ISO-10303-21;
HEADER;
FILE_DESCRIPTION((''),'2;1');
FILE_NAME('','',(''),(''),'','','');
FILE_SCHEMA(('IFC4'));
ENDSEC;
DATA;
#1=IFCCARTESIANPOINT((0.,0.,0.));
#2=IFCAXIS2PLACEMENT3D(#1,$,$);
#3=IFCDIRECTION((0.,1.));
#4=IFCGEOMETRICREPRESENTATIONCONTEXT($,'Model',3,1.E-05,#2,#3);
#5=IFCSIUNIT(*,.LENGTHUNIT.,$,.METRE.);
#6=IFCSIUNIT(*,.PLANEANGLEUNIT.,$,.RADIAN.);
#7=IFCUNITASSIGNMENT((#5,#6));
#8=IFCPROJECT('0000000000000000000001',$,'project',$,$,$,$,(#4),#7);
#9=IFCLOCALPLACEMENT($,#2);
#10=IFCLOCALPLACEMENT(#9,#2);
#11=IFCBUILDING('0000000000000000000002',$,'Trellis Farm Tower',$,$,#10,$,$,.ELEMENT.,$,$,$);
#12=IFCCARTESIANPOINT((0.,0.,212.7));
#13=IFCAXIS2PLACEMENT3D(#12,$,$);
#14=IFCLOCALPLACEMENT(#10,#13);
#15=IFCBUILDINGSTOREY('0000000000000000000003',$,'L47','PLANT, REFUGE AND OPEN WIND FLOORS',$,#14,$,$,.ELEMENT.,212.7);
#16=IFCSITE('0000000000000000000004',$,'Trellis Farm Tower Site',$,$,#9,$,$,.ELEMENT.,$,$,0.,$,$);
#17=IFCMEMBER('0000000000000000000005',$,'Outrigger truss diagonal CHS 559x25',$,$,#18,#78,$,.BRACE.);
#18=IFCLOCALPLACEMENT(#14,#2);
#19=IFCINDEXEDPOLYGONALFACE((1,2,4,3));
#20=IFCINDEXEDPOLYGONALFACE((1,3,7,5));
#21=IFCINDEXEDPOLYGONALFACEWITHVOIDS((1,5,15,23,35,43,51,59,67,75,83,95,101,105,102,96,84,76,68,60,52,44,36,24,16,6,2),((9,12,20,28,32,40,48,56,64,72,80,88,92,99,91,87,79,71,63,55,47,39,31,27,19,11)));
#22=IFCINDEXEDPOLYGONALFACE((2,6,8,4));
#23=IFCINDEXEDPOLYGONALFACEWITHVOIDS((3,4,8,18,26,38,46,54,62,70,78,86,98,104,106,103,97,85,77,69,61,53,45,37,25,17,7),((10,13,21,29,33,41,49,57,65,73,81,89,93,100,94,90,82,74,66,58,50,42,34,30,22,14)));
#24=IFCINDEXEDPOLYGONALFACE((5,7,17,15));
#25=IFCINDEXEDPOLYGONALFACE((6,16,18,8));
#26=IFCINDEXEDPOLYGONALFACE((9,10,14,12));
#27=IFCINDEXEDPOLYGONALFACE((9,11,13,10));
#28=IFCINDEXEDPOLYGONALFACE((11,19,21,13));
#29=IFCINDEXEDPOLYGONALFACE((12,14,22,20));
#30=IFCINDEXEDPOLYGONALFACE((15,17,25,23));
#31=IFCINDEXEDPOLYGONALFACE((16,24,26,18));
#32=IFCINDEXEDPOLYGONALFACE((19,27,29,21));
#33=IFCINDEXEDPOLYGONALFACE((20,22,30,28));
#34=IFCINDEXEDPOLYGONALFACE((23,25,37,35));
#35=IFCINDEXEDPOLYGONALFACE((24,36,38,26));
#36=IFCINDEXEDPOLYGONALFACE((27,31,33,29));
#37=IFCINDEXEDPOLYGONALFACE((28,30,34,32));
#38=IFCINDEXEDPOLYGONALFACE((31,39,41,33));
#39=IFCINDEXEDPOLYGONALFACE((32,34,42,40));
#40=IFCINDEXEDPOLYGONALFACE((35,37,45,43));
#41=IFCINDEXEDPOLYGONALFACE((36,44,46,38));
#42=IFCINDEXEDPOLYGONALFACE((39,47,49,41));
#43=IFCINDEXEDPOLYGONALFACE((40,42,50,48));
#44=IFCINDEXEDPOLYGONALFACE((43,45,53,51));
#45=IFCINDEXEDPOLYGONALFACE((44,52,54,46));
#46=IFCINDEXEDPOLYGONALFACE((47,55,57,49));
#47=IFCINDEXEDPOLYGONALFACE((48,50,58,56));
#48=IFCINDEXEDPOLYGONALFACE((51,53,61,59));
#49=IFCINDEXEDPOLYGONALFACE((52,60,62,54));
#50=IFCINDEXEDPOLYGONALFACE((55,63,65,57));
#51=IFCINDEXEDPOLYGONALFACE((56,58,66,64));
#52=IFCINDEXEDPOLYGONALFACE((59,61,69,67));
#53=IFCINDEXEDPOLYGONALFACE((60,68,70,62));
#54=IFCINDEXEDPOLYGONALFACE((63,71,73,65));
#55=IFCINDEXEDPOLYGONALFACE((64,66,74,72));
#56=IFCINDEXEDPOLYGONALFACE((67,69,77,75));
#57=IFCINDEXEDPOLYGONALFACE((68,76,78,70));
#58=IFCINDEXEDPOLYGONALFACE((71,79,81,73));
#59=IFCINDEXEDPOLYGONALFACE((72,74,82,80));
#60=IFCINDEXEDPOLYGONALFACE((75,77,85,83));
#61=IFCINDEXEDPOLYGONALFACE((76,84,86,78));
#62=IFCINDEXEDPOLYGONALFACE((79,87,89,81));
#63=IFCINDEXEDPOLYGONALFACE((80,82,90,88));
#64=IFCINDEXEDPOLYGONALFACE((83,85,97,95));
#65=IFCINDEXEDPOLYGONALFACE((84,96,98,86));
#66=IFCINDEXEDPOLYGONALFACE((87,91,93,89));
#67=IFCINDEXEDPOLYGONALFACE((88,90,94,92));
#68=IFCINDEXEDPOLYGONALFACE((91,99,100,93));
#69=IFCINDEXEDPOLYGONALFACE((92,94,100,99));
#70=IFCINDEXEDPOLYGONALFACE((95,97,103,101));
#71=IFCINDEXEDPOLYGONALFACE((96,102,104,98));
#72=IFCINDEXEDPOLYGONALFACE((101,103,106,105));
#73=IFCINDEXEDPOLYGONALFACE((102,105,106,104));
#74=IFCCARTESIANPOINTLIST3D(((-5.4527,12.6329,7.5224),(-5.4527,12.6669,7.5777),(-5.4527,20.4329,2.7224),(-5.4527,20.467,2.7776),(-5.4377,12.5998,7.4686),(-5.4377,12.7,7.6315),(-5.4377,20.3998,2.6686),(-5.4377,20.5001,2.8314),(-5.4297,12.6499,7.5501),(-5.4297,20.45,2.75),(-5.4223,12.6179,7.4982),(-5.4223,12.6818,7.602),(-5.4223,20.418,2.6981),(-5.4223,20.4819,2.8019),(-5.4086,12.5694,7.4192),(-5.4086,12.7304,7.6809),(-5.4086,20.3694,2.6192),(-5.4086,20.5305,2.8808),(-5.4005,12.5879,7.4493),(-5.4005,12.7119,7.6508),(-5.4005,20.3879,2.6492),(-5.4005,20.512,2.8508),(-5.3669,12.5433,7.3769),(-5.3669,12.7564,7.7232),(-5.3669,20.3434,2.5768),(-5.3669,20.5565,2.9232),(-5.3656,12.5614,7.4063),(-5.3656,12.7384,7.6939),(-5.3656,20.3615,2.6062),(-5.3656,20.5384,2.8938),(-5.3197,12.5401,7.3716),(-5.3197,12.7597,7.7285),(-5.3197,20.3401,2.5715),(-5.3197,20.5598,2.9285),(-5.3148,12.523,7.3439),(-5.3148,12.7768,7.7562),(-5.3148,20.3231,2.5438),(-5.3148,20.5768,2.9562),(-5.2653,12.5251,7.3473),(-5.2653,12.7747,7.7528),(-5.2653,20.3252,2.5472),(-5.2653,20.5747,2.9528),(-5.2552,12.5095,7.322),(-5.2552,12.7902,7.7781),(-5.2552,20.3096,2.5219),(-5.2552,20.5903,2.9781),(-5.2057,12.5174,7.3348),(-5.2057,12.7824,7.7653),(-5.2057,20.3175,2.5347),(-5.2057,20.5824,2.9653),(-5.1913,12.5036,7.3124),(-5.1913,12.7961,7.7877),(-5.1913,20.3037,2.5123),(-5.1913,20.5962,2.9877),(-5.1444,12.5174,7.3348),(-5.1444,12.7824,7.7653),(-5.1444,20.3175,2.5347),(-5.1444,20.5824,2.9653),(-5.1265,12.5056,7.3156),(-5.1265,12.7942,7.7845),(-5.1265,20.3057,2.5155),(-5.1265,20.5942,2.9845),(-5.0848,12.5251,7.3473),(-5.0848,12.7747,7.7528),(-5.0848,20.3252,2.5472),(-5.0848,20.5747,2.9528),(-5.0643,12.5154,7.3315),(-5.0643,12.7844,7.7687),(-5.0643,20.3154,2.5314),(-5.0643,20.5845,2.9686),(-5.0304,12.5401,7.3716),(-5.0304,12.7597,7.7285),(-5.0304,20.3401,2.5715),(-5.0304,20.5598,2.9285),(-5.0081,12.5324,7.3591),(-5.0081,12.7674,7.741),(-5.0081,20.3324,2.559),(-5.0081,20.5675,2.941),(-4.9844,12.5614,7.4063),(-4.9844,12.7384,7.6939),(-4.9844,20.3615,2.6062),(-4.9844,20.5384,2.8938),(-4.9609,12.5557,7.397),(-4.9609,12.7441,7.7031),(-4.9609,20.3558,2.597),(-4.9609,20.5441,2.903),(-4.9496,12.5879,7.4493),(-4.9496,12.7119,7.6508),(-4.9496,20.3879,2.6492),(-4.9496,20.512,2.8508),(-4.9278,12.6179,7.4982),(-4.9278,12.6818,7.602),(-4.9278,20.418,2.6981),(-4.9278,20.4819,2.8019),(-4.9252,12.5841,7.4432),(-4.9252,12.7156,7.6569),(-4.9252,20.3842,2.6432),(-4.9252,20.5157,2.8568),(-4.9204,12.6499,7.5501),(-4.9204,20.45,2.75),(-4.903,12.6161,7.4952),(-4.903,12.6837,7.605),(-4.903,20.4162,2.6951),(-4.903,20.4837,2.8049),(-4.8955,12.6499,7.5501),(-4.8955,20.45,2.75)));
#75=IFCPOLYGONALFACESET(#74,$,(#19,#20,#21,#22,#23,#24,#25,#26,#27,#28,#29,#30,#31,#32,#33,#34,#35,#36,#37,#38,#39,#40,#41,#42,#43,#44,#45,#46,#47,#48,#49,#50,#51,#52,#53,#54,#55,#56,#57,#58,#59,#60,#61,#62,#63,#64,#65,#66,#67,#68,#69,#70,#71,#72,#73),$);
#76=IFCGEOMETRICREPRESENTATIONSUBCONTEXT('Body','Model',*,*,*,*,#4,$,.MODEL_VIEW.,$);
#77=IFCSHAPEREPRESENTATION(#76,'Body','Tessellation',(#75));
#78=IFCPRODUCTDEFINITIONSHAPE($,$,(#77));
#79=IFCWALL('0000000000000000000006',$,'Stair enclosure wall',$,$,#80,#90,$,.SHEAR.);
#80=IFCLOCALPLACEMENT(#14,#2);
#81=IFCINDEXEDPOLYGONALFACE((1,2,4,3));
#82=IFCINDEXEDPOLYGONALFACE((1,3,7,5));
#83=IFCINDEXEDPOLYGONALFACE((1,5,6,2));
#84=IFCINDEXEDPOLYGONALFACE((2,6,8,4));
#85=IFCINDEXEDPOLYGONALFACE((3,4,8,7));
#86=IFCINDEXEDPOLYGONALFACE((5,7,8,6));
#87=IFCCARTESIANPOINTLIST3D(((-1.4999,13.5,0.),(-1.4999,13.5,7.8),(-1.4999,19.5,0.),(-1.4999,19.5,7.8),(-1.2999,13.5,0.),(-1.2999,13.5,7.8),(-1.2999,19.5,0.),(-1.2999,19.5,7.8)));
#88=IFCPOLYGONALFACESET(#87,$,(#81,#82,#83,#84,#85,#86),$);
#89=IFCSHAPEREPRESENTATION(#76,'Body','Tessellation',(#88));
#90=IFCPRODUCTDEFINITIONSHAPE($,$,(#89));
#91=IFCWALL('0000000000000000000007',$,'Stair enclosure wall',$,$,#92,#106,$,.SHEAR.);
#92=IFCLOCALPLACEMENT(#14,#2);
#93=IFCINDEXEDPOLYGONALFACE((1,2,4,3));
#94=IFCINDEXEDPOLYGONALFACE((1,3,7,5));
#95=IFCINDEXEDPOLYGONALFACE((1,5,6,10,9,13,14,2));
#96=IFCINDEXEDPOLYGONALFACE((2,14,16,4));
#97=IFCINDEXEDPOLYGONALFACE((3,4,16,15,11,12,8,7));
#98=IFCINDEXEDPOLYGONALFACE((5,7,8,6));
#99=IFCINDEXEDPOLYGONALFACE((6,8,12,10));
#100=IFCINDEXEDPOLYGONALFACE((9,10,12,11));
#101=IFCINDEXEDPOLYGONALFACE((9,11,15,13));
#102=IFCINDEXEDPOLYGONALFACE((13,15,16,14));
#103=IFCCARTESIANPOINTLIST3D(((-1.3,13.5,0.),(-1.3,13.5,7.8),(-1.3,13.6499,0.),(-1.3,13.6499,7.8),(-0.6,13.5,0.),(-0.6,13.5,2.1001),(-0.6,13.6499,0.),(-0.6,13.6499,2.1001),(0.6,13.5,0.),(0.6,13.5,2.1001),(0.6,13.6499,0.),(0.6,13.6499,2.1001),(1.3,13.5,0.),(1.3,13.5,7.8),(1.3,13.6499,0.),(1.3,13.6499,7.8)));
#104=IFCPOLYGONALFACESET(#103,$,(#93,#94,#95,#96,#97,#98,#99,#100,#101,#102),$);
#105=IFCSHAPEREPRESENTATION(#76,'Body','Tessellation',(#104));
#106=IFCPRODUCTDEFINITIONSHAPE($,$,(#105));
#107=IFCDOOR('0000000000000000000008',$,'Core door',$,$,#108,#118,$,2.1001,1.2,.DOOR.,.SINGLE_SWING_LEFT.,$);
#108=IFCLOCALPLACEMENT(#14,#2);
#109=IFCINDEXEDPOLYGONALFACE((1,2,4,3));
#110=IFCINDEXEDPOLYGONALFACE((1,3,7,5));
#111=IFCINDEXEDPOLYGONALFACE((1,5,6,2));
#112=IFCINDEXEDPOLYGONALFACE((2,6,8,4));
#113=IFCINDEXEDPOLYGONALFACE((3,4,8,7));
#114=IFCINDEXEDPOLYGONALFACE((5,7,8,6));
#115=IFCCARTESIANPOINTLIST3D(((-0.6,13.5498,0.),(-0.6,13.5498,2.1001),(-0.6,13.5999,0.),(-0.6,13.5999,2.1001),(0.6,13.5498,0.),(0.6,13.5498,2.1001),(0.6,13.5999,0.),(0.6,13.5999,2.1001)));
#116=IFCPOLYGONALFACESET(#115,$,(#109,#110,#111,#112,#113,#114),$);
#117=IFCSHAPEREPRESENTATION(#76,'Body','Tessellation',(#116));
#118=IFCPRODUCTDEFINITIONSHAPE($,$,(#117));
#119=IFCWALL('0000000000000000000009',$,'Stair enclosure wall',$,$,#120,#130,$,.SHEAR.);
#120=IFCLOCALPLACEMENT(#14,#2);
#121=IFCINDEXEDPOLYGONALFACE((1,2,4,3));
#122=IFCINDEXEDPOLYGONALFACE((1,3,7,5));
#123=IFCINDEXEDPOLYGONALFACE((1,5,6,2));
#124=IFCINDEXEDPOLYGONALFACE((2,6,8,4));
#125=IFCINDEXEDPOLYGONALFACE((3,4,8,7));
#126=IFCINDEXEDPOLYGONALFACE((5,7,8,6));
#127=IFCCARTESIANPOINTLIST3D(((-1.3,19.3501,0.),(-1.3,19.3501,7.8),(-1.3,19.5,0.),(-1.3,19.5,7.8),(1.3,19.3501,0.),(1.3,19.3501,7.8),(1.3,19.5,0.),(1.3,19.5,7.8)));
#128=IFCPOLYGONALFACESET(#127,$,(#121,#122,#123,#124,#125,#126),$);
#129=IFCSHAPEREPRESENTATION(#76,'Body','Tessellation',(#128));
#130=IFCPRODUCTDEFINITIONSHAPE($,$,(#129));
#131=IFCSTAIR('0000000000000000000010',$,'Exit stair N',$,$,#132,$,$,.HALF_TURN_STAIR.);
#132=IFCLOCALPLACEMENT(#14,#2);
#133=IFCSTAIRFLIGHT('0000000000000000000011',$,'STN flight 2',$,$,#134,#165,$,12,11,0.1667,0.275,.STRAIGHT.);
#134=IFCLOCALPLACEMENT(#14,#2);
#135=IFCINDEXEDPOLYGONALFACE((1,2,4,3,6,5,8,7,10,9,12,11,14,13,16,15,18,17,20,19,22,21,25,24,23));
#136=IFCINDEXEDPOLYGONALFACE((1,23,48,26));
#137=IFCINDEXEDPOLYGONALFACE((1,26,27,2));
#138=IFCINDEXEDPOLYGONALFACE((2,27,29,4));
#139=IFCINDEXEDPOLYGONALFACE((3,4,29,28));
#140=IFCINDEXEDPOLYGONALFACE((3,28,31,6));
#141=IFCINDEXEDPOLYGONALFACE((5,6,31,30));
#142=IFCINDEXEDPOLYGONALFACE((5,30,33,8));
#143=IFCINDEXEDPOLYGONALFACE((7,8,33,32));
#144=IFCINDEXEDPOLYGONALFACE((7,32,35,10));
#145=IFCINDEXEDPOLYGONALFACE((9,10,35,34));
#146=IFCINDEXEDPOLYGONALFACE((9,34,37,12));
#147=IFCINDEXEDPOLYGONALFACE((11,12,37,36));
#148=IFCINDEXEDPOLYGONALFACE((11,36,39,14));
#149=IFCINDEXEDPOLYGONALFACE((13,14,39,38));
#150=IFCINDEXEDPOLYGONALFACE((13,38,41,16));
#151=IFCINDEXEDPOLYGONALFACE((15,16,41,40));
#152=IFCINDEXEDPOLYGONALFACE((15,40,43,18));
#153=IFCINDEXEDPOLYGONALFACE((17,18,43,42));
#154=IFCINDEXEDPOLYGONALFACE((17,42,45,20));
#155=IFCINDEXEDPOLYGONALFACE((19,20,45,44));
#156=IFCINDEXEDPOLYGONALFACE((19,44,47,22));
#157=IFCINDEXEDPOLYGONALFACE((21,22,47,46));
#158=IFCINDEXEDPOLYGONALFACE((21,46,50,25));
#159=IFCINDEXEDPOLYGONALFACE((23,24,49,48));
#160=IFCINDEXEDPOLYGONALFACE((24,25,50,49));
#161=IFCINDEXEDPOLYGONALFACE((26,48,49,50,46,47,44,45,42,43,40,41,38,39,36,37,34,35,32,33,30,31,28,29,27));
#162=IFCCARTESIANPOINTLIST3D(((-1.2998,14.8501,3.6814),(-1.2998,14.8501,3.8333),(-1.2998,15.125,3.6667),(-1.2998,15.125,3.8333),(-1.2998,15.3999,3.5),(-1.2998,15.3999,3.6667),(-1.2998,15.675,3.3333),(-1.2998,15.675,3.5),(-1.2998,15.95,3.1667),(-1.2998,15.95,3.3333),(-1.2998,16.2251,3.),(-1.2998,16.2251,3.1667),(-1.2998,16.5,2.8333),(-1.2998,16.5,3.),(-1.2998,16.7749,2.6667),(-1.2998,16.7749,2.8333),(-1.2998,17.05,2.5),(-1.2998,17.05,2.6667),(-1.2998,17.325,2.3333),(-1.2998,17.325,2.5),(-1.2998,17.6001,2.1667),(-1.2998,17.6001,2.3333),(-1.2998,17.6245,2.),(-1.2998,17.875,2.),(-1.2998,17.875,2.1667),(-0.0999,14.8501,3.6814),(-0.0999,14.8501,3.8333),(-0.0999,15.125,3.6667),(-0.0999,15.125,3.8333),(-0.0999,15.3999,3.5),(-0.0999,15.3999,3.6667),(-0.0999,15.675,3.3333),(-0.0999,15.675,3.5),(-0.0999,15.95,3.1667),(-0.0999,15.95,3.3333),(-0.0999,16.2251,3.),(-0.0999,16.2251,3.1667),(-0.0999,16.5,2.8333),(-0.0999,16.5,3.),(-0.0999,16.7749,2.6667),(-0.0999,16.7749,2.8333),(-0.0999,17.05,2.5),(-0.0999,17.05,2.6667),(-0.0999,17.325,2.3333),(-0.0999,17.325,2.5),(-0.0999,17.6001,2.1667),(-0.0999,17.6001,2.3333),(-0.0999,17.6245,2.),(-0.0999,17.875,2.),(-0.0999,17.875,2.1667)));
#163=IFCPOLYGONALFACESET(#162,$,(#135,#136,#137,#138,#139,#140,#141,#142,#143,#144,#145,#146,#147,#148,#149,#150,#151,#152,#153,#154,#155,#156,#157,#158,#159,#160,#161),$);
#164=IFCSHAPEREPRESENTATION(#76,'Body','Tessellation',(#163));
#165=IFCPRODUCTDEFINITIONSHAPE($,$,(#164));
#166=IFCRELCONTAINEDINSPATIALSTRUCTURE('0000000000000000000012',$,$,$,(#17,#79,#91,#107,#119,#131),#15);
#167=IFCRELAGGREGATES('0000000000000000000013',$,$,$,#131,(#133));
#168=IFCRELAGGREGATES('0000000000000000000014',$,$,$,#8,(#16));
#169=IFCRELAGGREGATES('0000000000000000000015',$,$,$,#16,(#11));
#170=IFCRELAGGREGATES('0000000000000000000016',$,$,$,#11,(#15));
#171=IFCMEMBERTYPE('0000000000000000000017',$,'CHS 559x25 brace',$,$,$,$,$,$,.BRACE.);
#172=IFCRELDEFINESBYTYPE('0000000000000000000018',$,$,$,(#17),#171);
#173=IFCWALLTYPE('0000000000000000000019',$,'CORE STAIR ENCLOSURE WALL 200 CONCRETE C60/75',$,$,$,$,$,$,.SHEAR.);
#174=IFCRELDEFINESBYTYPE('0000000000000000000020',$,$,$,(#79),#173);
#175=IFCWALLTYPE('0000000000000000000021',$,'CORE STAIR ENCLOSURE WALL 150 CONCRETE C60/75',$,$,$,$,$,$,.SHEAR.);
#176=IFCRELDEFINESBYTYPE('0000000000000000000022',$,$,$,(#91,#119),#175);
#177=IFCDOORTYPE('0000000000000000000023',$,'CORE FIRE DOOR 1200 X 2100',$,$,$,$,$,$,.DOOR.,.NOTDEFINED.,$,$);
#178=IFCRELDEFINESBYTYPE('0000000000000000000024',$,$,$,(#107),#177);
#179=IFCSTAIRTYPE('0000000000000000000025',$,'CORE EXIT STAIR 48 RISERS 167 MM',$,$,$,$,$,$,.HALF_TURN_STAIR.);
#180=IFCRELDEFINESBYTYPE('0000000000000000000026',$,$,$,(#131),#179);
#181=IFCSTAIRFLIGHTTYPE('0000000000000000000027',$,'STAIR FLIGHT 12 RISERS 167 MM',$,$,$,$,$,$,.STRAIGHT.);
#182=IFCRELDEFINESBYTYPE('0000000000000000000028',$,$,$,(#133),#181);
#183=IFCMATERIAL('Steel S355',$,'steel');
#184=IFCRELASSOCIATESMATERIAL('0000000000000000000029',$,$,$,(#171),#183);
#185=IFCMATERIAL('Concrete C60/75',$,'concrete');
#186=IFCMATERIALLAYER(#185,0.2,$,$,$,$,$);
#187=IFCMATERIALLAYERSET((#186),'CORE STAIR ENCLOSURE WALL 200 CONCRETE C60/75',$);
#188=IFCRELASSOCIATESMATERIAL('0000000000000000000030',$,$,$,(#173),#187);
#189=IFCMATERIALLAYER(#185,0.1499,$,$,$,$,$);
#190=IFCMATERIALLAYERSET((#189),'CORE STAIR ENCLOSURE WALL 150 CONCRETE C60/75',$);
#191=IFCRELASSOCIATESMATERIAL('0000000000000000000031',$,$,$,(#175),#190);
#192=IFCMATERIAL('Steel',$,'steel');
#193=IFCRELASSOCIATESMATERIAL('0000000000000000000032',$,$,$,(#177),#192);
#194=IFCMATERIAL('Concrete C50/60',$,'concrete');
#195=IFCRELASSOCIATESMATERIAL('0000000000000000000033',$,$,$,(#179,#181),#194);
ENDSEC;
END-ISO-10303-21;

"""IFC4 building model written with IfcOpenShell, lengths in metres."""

from ifc_helpers import new_model, si_unit, direction, frame, frame_2d, origin, origin_2d, place, context, subcontext, project, spatial, polyline, rectangle, hollow_circle, outline, extrude, source, transform, mapped, material, layer, layer_set, material_profile, profile_set, type_object, element, fill, aggregate, save


model = new_model("IFC4")

# Units and contexts
model_context = context("Model", 3, precision=1e-05, world=origin(), true_north=direction((0.0, 1.0)))
body_context = subcontext(model_context, "Body", "Model", "MODEL_VIEW")
ifc_project = project(units=[si_unit("LENGTHUNIT", "METRE"), si_unit("PLANEANGLEUNIT", "RADIAN")], contexts=[model_context])

# Site, building, storey
site_placement = place(None, origin())
site = spatial("IfcSite", under=ifc_project, at=site_placement, Name="Trellis Farm Tower Site", CompositionType="ELEMENT", RefElevation=0.0)
building_placement = place(site_placement, origin())
building = spatial("IfcBuilding", under=site, at=building_placement, Name="Trellis Farm Tower", CompositionType="ELEMENT")
storey_placement = place(building_placement, frame((0.0, 0.0, 212.7)))
storey = spatial("IfcBuildingStorey", under=building, at=storey_placement, Name="L47", Description="PLANT, REFUGE AND OPEN WIND FLOORS", CompositionType="ELEMENT", Elevation=212.7)

# Shared definitions
ifc_material_1 = material(Name="Concrete C60/75", Category="concrete")

# Shared definitions
ifc_material_2 = material(Name="Steel S355", Category="steel")

# Member
ifc_material_profile_1 = material_profile(ifc_material_2, hollow_circle(Radius=0.2795, WallThickness=0.0249, at=origin_2d()), Name="CHS 559x25")
ifc_profile_set_1 = profile_set([ifc_material_profile_1], Name="Steel S355")
member_type_1 = type_object("IfcMemberType", Name="CHS 559x25 brace", PredefinedType="BRACE", material=ifc_profile_set_1)
shared_shape_1 = source(origin(), body_context, "Body", "SweptSolid", [
    extrude(hollow_circle(Radius=0.2795, WallThickness=0.0249, at=origin_2d()), origin(), (0.0, 0.0, 1.0), 9.1587),
])
member_1_placement = place(storey_placement, frame((-5.175, 20.45, 2.75), z_axis=(0.0, -0.851657, 0.524099), x_axis=(1.0, 0.0, 0.0)))
element("IfcMember", 1, at=member_1_placement, inside=storey, type_object=member_type_1, Name="Outrigger truss diagonal CHS 559x25", PredefinedType="BRACE", context=body_context, shape_type="MappedRepresentation", body=[
    mapped(shared_shape_1, transform((0.0, 0.0, 0.0))),
])

# Wall
ifc_layer_1 = layer(ifc_material_1, 0.2)
ifc_layer_set_1 = layer_set([ifc_layer_1], Name="CORE STAIR ENCLOSURE WALL 200 CONCRETE C60/75")
wall_type_1 = type_object("IfcWallType", Name="CORE STAIR ENCLOSURE WALL 200 CONCRETE C60/75", PredefinedType="SHEAR", material=ifc_layer_set_1)
shared_shape_2 = source(origin(), body_context, "Body", "SweptSolid", [
    extrude(rectangle(XDim=6.0, YDim=0.2, at=frame_2d((3.0, 0.0))), origin(), (0.0, 0.0, 1.0), 7.8),
])
wall_1_placement = place(storey_placement, frame((-1.3999, 13.5, 0.0), z_axis=(0.0, 0.0, 1.0), x_axis=(0.0, 1.0, 0.0)))
element("IfcWall", 2, at=wall_1_placement, inside=storey, type_object=wall_type_1, Name="Stair enclosure wall", PredefinedType="SHEAR", context=body_context, shape_type="MappedRepresentation", body=[
    mapped(shared_shape_2, transform((0.0, 0.0, 0.0))),
])

# Wall, opening, door
ifc_layer_2 = layer(ifc_material_1, 0.1499)
ifc_layer_set_2 = layer_set([ifc_layer_2], Name="CORE STAIR ENCLOSURE WALL 150 CONCRETE C60/75")
wall_type_2 = type_object("IfcWallType", Name="CORE STAIR ENCLOSURE WALL 150 CONCRETE C60/75", PredefinedType="SHEAR", material=ifc_layer_set_2)
shared_shape_3 = source(origin(), body_context, "Body", "SweptSolid", [
    extrude(rectangle(XDim=2.6001, YDim=0.1499, at=frame_2d((1.3, 0.0))), origin(), (0.0, 0.0, 1.0), 7.8),
])
wall_2_placement = place(storey_placement, frame((-1.3, 13.575, 0.0), z_axis=(0.0, 0.0, 1.0), x_axis=(1.0, 0.0, 0.0)))
wall_2 = element("IfcWall", 3, at=wall_2_placement, inside=storey, type_object=wall_type_2, Name="Stair enclosure wall", PredefinedType="SHEAR", context=body_context, shape_type="MappedRepresentation", body=[
    mapped(shared_shape_3, transform((0.0, 0.0, 0.0))),
])
shared_shape_4 = source(origin(), body_context, "Body", "SweptSolid", [
    extrude(rectangle(XDim=1.2, YDim=2.1001, at=frame_2d((0.6001, 1.05))), frame((0.0, 0.085, 0.0), z_axis=(0.0, -1.0, 0.0), x_axis=(1.0, 0.0, 0.0)), (0.0, 0.0, 1.0), 0.1699),
])
opening_placement = place(wall_2_placement, frame((0.7, 0.0, 0.0)))
opening = element("IfcOpeningElement", 4, at=opening_placement, cuts=wall_2, PredefinedType="OPENING", context=body_context, shape_type="MappedRepresentation", body=[
    mapped(shared_shape_4, transform((0.0, 0.0, 0.0))),
])
ifc_material_3 = material(Name="Steel", Category="steel")
door_type = type_object("IfcDoorType", Name="CORE FIRE DOOR 1200 X 2100", OperationType="NOTDEFINED", PredefinedType="DOOR", material=ifc_material_3)
shared_shape_5 = source(origin(), body_context, "Body", "SweptSolid", [
    extrude(rectangle(XDim=1.2, YDim=2.1001, at=frame_2d((0.6001, 1.05))), frame((0.0, 0.0249, 0.0), z_axis=(0.0, -1.0, 0.0), x_axis=(1.0, 0.0, 0.0)), (0.0, 0.0, 1.0), 0.05),
])
door_placement = place(opening_placement, origin())
door = element("IfcDoor", 5, at=door_placement, inside=storey, type_object=door_type, Name="Core door", OperationType="SINGLE_SWING_LEFT", OverallHeight=2.1001, OverallWidth=1.2, PredefinedType="DOOR", context=body_context, shape_type="MappedRepresentation", body=[
    mapped(shared_shape_5, transform((0.0, 0.0, 0.0))),
])
fill(opening, door)

# Wall
wall_3_placement = place(storey_placement, frame((-1.3, 19.425, 0.0), z_axis=(0.0, 0.0, 1.0), x_axis=(1.0, 0.0, 0.0)))
element("IfcWall", 6, at=wall_3_placement, inside=storey, type_object=wall_type_2, Name="Stair enclosure wall", PredefinedType="SHEAR", context=body_context, shape_type="MappedRepresentation", body=[
    mapped(shared_shape_3, transform((0.0, 0.0, 0.0))),
])

# Stair, stair flight
ifc_material_4 = material(Name="Concrete C50/60", Category="concrete")
stair_type = type_object("IfcStairType", Name="CORE EXIT STAIR 48 RISERS 167 MM", PredefinedType="HALF_TURN_STAIR", material=ifc_material_4)
stair_placement = place(storey_placement, origin())
stair = element("IfcStair", 7, at=stair_placement, inside=storey, type_object=stair_type, Name="Exit stair N", PredefinedType="HALF_TURN_STAIR")
stair_flight_type = type_object("IfcStairFlightType", Name="STAIR FLIGHT 12 RISERS 167 MM", PredefinedType="STRAIGHT", material=ifc_material_4)
shared_shape_6 = source(origin(), body_context, "Body", "SweptSolid", [
    extrude(outline(polyline([(0.0, 0.0), (0.0, 0.1667), (0.2749, 0.1667), (0.2749, 0.3333), (0.55, 0.3333), (0.55, 0.5), (0.825, 0.5), (0.825, 0.6667), (1.1001, 0.6667), (1.1001, 0.8333), (1.375, 0.8333), (1.375, 1.0), (1.6499, 1.0), (1.6499, 1.1667), (1.925, 1.1667), (1.925, 1.3333), (2.2, 1.3333), (2.2, 1.5), (2.4751, 1.5), (2.4751, 1.6667), (2.75, 1.6667), (2.75, 1.8333), (3.0249, 1.8333), (3.0249, 2.0), (3.0249, 1.6814), (0.2505, 0.0), (0.0, 0.0)])), frame((0.0, 0.6001, 0.0), z_axis=(0.0, -1.0, 0.0), x_axis=(1.0, 0.0, 0.0)), (0.0, 0.0, 1.0), 1.2),
])
stair_flight_1_placement = place(storey_placement, frame((-0.7, 17.875, 2.0), z_axis=(0.0, 0.0, 1.0), x_axis=(0.0, -1.0, 0.0)))
stair_flight_1 = element("IfcStairFlight", 8, at=stair_flight_1_placement, type_object=stair_flight_type, Name="STN flight 2", NumberOfRisers=12, NumberOfTreads=11, PredefinedType="STRAIGHT", RiserHeight=0.1667, TreadLength=0.275, context=body_context, shape_type="MappedRepresentation", body=[
    mapped(shared_shape_6, transform((0.0, 0.0, 0.0))),
])
aggregate(stair, [stair_flight_1])

save(model, "model.ifc")
